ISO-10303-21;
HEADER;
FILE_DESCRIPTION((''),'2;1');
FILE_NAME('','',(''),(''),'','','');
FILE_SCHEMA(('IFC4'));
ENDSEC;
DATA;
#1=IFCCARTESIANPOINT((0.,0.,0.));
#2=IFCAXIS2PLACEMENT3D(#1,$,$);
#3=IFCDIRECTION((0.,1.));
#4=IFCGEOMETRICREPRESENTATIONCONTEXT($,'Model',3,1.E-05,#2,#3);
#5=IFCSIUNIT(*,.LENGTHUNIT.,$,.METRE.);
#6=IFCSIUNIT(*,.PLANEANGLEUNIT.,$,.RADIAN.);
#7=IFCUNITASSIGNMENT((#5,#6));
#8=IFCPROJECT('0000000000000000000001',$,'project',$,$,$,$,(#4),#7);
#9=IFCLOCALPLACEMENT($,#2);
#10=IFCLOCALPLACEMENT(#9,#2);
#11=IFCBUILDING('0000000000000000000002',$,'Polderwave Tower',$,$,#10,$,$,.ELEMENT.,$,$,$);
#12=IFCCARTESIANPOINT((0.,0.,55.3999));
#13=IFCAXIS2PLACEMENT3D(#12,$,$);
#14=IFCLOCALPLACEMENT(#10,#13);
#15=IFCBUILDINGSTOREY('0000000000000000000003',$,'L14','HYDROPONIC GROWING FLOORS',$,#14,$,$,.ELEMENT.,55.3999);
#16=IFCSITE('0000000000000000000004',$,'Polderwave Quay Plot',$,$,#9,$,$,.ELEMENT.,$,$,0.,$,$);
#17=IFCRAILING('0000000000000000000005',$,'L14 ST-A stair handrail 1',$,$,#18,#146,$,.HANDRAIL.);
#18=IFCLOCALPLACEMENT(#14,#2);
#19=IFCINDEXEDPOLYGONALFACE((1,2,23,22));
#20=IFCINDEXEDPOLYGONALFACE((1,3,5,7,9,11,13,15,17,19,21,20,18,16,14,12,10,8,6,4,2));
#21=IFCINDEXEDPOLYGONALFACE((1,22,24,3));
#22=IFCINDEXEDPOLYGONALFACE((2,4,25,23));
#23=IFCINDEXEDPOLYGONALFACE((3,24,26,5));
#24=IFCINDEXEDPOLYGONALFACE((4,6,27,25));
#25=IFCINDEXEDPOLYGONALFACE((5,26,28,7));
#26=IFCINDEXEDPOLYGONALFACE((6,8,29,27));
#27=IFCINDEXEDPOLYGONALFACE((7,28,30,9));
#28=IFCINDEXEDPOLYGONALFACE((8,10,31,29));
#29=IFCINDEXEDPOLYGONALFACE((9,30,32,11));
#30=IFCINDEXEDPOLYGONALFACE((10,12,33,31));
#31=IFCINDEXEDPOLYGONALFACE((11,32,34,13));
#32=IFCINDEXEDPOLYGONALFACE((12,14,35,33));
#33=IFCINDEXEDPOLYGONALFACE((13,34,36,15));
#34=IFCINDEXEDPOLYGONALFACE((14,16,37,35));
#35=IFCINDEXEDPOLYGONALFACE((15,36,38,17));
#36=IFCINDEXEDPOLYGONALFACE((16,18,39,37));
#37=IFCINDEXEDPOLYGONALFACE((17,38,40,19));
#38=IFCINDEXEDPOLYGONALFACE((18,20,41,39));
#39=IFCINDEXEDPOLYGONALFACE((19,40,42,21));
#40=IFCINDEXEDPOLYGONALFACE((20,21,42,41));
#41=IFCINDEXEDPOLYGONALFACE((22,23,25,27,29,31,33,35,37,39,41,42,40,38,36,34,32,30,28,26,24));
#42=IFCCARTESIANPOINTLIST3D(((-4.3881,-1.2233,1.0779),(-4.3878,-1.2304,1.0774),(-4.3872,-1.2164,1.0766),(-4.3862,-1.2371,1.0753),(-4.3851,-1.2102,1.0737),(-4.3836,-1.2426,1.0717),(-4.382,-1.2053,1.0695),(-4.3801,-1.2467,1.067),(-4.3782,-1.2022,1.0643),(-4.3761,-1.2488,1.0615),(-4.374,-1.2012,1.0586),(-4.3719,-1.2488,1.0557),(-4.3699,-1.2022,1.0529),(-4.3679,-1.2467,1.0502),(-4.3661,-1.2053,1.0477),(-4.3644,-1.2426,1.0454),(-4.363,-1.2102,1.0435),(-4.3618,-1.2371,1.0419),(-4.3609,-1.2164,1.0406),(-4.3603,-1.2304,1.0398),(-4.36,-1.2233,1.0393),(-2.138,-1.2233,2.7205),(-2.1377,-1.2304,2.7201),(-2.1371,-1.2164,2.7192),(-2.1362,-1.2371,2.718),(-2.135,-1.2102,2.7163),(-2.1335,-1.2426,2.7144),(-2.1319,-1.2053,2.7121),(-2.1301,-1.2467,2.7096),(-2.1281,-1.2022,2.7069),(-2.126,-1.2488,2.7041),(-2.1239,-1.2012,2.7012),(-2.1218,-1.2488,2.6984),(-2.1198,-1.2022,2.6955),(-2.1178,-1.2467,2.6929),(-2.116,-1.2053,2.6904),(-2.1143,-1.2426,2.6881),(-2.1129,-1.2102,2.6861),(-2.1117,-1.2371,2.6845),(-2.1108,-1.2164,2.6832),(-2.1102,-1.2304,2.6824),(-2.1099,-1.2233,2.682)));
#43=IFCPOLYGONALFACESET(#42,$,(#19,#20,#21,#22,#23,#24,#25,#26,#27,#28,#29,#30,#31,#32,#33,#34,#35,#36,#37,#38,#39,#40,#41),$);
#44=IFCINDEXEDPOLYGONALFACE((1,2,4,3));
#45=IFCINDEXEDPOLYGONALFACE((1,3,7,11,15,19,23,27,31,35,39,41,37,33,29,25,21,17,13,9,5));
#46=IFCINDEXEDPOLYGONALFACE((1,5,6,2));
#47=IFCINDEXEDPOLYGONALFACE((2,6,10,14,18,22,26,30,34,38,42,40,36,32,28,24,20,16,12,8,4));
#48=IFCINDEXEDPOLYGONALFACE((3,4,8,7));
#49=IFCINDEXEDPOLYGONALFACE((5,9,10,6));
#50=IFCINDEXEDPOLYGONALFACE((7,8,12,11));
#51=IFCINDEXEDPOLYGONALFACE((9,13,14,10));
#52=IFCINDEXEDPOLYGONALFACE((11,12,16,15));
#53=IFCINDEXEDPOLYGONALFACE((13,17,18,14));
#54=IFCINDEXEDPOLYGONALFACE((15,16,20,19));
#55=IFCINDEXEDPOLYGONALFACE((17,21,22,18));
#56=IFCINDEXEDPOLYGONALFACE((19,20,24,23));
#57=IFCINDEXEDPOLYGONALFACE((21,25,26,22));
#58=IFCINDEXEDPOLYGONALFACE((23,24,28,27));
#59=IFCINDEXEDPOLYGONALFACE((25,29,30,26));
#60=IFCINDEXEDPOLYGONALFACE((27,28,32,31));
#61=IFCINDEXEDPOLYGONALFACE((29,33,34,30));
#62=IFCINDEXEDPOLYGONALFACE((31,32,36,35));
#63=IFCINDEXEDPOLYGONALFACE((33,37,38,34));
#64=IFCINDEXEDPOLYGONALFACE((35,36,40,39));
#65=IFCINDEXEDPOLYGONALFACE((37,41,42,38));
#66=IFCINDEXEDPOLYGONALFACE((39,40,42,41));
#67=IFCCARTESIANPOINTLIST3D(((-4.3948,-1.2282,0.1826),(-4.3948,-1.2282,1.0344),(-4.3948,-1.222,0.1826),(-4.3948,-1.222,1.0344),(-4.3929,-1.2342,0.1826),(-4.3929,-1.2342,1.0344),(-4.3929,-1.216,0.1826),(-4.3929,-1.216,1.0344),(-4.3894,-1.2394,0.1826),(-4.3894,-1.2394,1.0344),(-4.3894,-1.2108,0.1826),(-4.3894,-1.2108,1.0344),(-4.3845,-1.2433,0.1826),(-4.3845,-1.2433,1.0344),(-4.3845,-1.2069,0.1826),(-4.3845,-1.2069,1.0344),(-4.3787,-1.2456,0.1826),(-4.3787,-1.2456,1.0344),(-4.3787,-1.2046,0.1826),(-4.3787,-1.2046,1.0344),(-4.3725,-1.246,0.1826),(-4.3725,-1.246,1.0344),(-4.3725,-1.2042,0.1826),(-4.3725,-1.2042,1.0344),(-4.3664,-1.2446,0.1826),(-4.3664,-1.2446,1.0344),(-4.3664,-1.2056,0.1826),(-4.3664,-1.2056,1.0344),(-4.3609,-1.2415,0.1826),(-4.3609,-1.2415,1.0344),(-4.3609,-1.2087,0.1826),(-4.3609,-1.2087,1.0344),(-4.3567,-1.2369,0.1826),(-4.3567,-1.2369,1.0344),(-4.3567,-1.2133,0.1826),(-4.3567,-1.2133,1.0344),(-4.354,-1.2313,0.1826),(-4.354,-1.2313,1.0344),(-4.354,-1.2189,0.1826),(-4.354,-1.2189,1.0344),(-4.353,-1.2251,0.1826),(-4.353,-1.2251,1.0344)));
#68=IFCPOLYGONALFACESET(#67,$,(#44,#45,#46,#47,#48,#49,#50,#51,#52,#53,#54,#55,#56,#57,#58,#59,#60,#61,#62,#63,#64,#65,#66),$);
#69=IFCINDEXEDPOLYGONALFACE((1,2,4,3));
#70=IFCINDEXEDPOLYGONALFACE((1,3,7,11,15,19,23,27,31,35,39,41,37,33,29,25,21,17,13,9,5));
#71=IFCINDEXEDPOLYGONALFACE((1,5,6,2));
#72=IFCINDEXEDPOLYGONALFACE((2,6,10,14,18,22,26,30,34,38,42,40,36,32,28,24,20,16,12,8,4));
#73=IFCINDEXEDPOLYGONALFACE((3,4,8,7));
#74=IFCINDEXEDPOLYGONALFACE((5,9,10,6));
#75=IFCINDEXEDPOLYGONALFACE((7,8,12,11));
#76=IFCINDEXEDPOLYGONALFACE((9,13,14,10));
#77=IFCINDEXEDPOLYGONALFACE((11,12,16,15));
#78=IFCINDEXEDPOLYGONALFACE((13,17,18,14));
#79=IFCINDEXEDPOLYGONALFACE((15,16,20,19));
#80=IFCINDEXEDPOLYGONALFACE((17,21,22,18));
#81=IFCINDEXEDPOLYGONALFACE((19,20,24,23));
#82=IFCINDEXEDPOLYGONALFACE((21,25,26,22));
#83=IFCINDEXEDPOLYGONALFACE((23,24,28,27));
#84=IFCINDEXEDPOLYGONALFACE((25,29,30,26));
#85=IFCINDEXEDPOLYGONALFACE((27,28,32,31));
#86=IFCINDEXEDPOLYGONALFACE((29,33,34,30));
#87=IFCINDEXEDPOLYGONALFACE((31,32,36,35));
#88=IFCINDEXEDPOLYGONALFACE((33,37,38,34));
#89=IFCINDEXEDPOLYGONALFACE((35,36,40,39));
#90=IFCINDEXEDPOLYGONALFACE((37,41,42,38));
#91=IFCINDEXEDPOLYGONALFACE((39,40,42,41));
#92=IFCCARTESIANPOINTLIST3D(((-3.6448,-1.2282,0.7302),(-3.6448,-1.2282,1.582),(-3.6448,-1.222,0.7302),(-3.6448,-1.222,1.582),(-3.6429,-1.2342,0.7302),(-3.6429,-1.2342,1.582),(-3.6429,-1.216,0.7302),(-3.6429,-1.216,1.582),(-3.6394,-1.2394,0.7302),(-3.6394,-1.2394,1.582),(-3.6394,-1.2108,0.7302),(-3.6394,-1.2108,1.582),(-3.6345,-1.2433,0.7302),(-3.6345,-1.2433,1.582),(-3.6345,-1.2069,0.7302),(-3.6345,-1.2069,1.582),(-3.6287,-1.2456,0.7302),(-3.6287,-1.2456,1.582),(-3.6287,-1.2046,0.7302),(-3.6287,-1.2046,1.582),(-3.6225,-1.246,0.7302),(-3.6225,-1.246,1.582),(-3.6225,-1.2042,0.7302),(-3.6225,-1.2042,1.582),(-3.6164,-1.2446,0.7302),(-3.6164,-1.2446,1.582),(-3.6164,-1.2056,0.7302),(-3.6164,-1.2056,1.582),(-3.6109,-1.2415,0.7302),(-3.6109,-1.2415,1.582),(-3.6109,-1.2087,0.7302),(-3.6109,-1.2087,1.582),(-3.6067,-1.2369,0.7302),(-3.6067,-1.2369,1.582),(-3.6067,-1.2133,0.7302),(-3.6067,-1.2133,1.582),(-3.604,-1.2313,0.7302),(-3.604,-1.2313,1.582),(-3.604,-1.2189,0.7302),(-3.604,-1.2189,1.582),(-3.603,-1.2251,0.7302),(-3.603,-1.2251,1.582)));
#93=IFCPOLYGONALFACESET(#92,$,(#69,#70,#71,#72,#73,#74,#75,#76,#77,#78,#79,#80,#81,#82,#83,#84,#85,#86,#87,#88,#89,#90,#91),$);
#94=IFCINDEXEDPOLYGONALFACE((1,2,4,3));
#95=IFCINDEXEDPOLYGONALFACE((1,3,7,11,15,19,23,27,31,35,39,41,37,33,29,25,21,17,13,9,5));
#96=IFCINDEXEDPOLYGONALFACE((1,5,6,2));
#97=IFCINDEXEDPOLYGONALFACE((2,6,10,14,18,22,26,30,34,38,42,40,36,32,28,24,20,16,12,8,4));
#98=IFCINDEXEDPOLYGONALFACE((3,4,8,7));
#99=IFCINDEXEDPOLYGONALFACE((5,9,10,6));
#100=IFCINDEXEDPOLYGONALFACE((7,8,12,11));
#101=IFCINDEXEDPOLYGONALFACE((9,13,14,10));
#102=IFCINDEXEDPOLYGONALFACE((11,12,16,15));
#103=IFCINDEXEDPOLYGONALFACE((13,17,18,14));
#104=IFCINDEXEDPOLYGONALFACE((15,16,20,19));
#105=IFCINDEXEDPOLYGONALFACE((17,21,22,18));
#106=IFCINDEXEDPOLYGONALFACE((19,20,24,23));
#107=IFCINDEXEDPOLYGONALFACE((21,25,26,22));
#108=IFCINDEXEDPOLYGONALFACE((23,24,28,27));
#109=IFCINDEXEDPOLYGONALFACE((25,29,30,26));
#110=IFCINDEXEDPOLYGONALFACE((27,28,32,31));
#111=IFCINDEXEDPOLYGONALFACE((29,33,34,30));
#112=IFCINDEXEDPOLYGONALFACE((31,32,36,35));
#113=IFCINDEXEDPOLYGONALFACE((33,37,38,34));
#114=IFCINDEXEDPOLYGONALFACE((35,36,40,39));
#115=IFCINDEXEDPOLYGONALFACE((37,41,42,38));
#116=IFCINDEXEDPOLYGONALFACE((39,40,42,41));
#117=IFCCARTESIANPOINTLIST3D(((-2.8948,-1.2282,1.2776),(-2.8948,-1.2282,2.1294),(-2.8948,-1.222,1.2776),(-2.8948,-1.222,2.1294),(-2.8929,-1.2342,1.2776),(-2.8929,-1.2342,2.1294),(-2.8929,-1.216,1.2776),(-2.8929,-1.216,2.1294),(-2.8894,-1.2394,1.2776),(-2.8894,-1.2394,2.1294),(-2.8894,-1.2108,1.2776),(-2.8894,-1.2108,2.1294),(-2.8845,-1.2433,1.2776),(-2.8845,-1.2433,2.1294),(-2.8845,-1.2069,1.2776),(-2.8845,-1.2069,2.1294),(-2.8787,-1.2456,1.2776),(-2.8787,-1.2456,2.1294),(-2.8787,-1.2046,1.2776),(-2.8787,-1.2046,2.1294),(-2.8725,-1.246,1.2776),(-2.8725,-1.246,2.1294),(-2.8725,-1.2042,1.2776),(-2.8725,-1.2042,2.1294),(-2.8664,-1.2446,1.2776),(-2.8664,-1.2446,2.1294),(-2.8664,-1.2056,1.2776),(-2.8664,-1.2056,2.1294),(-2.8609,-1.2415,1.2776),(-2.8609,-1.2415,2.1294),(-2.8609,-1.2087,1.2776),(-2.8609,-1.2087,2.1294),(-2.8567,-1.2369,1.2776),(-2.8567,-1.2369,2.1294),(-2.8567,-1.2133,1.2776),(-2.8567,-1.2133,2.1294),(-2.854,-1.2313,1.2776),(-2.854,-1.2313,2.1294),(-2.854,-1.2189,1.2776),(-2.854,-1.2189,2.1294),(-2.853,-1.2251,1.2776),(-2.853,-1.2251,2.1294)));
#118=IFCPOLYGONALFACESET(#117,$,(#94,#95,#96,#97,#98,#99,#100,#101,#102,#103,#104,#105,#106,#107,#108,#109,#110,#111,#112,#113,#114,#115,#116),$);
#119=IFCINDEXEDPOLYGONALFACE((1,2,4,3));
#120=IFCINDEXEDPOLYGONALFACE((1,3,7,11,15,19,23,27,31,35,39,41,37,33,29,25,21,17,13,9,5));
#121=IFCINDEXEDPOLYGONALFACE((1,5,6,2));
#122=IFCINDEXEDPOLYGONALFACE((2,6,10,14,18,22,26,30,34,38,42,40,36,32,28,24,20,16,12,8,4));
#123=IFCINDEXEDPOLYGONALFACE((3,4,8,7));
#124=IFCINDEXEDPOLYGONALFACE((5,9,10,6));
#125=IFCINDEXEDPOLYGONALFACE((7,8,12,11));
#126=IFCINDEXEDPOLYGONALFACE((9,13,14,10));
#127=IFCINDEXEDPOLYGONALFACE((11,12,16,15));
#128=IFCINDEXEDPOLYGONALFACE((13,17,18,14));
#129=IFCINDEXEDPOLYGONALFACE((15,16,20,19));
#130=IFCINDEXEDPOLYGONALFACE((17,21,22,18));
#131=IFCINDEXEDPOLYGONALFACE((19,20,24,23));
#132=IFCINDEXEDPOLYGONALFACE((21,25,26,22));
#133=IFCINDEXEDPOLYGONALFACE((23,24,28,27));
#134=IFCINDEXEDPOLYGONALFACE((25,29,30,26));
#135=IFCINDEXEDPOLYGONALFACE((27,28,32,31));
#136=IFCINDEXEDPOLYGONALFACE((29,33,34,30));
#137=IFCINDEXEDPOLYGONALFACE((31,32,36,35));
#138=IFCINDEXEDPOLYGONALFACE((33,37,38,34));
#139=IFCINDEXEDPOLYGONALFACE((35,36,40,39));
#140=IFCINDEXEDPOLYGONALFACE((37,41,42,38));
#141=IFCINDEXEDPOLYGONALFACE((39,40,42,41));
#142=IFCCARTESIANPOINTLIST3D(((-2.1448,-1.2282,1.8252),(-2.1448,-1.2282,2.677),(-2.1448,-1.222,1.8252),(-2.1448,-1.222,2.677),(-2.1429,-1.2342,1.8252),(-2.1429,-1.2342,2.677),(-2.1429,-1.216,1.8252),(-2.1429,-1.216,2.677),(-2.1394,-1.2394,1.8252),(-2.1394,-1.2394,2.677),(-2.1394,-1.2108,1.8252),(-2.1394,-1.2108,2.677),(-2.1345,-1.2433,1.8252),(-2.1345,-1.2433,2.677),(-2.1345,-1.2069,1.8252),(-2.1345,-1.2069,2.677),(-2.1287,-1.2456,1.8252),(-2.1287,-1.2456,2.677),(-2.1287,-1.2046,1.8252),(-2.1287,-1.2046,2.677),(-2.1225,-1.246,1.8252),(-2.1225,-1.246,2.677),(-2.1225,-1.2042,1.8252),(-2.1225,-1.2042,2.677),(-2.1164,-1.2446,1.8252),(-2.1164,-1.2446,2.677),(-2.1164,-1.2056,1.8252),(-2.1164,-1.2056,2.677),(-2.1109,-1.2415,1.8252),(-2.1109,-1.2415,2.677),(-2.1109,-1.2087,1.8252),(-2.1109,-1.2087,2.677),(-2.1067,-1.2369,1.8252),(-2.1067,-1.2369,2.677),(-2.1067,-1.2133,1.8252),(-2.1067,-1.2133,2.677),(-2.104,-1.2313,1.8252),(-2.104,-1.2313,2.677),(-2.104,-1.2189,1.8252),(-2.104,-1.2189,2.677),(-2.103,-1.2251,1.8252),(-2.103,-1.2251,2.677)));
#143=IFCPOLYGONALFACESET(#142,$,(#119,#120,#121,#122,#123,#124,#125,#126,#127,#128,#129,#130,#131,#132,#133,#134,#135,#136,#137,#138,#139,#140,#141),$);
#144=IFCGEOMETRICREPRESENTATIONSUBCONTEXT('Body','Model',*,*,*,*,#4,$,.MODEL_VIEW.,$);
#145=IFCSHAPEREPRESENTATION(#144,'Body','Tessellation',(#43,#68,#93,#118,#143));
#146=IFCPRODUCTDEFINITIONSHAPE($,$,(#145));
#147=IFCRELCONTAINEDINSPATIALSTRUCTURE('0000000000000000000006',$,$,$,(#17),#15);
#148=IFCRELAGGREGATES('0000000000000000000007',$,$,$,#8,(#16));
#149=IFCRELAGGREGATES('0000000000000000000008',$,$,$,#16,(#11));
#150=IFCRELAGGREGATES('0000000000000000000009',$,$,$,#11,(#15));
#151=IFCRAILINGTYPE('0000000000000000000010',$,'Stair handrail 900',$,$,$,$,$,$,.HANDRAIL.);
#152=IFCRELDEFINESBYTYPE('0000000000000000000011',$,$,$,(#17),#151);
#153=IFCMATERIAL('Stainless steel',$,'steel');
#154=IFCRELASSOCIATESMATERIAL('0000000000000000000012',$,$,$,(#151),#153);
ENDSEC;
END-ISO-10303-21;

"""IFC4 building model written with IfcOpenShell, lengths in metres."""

from ifc_helpers import new_model, si_unit, direction, frame, origin, origin_2d, place, context, subcontext, project, spatial, circle, extrude, material, type_object, element, save


model = new_model("IFC4")

# Units and contexts
model_context = context("Model", 3, precision=1e-05, world=origin(), true_north=direction((0.0, 1.0)))
body_context = subcontext(model_context, "Body", "Model", "MODEL_VIEW")
ifc_project = project(units=[si_unit("LENGTHUNIT", "METRE"), si_unit("PLANEANGLEUNIT", "RADIAN")], contexts=[model_context])

# Site, building, storey
site_placement = place(None, origin())
site = spatial("IfcSite", under=ifc_project, at=site_placement, Name="Polderwave Quay Plot", CompositionType="ELEMENT", RefElevation=0.0)
building_placement = place(site_placement, origin())
building = spatial("IfcBuilding", under=site, at=building_placement, Name="Polderwave Tower", CompositionType="ELEMENT")
storey_placement = place(building_placement, frame((0.0, 0.0, 55.3999)))
storey = spatial("IfcBuildingStorey", under=building, at=storey_placement, Name="L14", Description="HYDROPONIC GROWING FLOORS", CompositionType="ELEMENT", Elevation=55.3999)

# Shared definitions
ifc_material_1 = material(Name="Stainless steel", Category="steel")

# Railing
railing_type_1 = type_object("IfcRailingType", Name="Stair handrail 900", PredefinedType="HANDRAIL", material=ifc_material_1)
railing_1_placement = place(storey_placement, frame((-4.374, -1.2251, 0.1826)))
element("IfcRailing", 1, at=railing_1_placement, inside=storey, type_object=railing_type_1, Name="L14 ST-A stair handrail 1", PredefinedType="HANDRAIL", context=body_context, shape_type="SweptSolid", body=[
    extrude(circle(Radius=0.0239, at=origin_2d()), frame((0.0, 0.0, 0.876), z_axis=(0.807674, 0.0, 0.58963), x_axis=(0.0, 1.0, 0.0)), (0.0, 0.0, 1.0), 2.7859),
    extrude(circle(Radius=0.021, at=origin_2d()), origin(), (0.0, 0.0, 1.0), 0.8518),
    extrude(circle(Radius=0.021, at=origin_2d()), frame((0.75, 0.0, 0.5476)), (0.0, 0.0, 1.0), 0.8518),
    extrude(circle(Radius=0.021, at=origin_2d()), frame((1.5, 0.0, 1.095)), (0.0, 0.0, 1.0), 0.8518),
    extrude(circle(Radius=0.021, at=origin_2d()), frame((2.25, 0.0, 1.6426)), (0.0, 0.0, 1.0), 0.8518),
])

save(model, "model.ifc")
